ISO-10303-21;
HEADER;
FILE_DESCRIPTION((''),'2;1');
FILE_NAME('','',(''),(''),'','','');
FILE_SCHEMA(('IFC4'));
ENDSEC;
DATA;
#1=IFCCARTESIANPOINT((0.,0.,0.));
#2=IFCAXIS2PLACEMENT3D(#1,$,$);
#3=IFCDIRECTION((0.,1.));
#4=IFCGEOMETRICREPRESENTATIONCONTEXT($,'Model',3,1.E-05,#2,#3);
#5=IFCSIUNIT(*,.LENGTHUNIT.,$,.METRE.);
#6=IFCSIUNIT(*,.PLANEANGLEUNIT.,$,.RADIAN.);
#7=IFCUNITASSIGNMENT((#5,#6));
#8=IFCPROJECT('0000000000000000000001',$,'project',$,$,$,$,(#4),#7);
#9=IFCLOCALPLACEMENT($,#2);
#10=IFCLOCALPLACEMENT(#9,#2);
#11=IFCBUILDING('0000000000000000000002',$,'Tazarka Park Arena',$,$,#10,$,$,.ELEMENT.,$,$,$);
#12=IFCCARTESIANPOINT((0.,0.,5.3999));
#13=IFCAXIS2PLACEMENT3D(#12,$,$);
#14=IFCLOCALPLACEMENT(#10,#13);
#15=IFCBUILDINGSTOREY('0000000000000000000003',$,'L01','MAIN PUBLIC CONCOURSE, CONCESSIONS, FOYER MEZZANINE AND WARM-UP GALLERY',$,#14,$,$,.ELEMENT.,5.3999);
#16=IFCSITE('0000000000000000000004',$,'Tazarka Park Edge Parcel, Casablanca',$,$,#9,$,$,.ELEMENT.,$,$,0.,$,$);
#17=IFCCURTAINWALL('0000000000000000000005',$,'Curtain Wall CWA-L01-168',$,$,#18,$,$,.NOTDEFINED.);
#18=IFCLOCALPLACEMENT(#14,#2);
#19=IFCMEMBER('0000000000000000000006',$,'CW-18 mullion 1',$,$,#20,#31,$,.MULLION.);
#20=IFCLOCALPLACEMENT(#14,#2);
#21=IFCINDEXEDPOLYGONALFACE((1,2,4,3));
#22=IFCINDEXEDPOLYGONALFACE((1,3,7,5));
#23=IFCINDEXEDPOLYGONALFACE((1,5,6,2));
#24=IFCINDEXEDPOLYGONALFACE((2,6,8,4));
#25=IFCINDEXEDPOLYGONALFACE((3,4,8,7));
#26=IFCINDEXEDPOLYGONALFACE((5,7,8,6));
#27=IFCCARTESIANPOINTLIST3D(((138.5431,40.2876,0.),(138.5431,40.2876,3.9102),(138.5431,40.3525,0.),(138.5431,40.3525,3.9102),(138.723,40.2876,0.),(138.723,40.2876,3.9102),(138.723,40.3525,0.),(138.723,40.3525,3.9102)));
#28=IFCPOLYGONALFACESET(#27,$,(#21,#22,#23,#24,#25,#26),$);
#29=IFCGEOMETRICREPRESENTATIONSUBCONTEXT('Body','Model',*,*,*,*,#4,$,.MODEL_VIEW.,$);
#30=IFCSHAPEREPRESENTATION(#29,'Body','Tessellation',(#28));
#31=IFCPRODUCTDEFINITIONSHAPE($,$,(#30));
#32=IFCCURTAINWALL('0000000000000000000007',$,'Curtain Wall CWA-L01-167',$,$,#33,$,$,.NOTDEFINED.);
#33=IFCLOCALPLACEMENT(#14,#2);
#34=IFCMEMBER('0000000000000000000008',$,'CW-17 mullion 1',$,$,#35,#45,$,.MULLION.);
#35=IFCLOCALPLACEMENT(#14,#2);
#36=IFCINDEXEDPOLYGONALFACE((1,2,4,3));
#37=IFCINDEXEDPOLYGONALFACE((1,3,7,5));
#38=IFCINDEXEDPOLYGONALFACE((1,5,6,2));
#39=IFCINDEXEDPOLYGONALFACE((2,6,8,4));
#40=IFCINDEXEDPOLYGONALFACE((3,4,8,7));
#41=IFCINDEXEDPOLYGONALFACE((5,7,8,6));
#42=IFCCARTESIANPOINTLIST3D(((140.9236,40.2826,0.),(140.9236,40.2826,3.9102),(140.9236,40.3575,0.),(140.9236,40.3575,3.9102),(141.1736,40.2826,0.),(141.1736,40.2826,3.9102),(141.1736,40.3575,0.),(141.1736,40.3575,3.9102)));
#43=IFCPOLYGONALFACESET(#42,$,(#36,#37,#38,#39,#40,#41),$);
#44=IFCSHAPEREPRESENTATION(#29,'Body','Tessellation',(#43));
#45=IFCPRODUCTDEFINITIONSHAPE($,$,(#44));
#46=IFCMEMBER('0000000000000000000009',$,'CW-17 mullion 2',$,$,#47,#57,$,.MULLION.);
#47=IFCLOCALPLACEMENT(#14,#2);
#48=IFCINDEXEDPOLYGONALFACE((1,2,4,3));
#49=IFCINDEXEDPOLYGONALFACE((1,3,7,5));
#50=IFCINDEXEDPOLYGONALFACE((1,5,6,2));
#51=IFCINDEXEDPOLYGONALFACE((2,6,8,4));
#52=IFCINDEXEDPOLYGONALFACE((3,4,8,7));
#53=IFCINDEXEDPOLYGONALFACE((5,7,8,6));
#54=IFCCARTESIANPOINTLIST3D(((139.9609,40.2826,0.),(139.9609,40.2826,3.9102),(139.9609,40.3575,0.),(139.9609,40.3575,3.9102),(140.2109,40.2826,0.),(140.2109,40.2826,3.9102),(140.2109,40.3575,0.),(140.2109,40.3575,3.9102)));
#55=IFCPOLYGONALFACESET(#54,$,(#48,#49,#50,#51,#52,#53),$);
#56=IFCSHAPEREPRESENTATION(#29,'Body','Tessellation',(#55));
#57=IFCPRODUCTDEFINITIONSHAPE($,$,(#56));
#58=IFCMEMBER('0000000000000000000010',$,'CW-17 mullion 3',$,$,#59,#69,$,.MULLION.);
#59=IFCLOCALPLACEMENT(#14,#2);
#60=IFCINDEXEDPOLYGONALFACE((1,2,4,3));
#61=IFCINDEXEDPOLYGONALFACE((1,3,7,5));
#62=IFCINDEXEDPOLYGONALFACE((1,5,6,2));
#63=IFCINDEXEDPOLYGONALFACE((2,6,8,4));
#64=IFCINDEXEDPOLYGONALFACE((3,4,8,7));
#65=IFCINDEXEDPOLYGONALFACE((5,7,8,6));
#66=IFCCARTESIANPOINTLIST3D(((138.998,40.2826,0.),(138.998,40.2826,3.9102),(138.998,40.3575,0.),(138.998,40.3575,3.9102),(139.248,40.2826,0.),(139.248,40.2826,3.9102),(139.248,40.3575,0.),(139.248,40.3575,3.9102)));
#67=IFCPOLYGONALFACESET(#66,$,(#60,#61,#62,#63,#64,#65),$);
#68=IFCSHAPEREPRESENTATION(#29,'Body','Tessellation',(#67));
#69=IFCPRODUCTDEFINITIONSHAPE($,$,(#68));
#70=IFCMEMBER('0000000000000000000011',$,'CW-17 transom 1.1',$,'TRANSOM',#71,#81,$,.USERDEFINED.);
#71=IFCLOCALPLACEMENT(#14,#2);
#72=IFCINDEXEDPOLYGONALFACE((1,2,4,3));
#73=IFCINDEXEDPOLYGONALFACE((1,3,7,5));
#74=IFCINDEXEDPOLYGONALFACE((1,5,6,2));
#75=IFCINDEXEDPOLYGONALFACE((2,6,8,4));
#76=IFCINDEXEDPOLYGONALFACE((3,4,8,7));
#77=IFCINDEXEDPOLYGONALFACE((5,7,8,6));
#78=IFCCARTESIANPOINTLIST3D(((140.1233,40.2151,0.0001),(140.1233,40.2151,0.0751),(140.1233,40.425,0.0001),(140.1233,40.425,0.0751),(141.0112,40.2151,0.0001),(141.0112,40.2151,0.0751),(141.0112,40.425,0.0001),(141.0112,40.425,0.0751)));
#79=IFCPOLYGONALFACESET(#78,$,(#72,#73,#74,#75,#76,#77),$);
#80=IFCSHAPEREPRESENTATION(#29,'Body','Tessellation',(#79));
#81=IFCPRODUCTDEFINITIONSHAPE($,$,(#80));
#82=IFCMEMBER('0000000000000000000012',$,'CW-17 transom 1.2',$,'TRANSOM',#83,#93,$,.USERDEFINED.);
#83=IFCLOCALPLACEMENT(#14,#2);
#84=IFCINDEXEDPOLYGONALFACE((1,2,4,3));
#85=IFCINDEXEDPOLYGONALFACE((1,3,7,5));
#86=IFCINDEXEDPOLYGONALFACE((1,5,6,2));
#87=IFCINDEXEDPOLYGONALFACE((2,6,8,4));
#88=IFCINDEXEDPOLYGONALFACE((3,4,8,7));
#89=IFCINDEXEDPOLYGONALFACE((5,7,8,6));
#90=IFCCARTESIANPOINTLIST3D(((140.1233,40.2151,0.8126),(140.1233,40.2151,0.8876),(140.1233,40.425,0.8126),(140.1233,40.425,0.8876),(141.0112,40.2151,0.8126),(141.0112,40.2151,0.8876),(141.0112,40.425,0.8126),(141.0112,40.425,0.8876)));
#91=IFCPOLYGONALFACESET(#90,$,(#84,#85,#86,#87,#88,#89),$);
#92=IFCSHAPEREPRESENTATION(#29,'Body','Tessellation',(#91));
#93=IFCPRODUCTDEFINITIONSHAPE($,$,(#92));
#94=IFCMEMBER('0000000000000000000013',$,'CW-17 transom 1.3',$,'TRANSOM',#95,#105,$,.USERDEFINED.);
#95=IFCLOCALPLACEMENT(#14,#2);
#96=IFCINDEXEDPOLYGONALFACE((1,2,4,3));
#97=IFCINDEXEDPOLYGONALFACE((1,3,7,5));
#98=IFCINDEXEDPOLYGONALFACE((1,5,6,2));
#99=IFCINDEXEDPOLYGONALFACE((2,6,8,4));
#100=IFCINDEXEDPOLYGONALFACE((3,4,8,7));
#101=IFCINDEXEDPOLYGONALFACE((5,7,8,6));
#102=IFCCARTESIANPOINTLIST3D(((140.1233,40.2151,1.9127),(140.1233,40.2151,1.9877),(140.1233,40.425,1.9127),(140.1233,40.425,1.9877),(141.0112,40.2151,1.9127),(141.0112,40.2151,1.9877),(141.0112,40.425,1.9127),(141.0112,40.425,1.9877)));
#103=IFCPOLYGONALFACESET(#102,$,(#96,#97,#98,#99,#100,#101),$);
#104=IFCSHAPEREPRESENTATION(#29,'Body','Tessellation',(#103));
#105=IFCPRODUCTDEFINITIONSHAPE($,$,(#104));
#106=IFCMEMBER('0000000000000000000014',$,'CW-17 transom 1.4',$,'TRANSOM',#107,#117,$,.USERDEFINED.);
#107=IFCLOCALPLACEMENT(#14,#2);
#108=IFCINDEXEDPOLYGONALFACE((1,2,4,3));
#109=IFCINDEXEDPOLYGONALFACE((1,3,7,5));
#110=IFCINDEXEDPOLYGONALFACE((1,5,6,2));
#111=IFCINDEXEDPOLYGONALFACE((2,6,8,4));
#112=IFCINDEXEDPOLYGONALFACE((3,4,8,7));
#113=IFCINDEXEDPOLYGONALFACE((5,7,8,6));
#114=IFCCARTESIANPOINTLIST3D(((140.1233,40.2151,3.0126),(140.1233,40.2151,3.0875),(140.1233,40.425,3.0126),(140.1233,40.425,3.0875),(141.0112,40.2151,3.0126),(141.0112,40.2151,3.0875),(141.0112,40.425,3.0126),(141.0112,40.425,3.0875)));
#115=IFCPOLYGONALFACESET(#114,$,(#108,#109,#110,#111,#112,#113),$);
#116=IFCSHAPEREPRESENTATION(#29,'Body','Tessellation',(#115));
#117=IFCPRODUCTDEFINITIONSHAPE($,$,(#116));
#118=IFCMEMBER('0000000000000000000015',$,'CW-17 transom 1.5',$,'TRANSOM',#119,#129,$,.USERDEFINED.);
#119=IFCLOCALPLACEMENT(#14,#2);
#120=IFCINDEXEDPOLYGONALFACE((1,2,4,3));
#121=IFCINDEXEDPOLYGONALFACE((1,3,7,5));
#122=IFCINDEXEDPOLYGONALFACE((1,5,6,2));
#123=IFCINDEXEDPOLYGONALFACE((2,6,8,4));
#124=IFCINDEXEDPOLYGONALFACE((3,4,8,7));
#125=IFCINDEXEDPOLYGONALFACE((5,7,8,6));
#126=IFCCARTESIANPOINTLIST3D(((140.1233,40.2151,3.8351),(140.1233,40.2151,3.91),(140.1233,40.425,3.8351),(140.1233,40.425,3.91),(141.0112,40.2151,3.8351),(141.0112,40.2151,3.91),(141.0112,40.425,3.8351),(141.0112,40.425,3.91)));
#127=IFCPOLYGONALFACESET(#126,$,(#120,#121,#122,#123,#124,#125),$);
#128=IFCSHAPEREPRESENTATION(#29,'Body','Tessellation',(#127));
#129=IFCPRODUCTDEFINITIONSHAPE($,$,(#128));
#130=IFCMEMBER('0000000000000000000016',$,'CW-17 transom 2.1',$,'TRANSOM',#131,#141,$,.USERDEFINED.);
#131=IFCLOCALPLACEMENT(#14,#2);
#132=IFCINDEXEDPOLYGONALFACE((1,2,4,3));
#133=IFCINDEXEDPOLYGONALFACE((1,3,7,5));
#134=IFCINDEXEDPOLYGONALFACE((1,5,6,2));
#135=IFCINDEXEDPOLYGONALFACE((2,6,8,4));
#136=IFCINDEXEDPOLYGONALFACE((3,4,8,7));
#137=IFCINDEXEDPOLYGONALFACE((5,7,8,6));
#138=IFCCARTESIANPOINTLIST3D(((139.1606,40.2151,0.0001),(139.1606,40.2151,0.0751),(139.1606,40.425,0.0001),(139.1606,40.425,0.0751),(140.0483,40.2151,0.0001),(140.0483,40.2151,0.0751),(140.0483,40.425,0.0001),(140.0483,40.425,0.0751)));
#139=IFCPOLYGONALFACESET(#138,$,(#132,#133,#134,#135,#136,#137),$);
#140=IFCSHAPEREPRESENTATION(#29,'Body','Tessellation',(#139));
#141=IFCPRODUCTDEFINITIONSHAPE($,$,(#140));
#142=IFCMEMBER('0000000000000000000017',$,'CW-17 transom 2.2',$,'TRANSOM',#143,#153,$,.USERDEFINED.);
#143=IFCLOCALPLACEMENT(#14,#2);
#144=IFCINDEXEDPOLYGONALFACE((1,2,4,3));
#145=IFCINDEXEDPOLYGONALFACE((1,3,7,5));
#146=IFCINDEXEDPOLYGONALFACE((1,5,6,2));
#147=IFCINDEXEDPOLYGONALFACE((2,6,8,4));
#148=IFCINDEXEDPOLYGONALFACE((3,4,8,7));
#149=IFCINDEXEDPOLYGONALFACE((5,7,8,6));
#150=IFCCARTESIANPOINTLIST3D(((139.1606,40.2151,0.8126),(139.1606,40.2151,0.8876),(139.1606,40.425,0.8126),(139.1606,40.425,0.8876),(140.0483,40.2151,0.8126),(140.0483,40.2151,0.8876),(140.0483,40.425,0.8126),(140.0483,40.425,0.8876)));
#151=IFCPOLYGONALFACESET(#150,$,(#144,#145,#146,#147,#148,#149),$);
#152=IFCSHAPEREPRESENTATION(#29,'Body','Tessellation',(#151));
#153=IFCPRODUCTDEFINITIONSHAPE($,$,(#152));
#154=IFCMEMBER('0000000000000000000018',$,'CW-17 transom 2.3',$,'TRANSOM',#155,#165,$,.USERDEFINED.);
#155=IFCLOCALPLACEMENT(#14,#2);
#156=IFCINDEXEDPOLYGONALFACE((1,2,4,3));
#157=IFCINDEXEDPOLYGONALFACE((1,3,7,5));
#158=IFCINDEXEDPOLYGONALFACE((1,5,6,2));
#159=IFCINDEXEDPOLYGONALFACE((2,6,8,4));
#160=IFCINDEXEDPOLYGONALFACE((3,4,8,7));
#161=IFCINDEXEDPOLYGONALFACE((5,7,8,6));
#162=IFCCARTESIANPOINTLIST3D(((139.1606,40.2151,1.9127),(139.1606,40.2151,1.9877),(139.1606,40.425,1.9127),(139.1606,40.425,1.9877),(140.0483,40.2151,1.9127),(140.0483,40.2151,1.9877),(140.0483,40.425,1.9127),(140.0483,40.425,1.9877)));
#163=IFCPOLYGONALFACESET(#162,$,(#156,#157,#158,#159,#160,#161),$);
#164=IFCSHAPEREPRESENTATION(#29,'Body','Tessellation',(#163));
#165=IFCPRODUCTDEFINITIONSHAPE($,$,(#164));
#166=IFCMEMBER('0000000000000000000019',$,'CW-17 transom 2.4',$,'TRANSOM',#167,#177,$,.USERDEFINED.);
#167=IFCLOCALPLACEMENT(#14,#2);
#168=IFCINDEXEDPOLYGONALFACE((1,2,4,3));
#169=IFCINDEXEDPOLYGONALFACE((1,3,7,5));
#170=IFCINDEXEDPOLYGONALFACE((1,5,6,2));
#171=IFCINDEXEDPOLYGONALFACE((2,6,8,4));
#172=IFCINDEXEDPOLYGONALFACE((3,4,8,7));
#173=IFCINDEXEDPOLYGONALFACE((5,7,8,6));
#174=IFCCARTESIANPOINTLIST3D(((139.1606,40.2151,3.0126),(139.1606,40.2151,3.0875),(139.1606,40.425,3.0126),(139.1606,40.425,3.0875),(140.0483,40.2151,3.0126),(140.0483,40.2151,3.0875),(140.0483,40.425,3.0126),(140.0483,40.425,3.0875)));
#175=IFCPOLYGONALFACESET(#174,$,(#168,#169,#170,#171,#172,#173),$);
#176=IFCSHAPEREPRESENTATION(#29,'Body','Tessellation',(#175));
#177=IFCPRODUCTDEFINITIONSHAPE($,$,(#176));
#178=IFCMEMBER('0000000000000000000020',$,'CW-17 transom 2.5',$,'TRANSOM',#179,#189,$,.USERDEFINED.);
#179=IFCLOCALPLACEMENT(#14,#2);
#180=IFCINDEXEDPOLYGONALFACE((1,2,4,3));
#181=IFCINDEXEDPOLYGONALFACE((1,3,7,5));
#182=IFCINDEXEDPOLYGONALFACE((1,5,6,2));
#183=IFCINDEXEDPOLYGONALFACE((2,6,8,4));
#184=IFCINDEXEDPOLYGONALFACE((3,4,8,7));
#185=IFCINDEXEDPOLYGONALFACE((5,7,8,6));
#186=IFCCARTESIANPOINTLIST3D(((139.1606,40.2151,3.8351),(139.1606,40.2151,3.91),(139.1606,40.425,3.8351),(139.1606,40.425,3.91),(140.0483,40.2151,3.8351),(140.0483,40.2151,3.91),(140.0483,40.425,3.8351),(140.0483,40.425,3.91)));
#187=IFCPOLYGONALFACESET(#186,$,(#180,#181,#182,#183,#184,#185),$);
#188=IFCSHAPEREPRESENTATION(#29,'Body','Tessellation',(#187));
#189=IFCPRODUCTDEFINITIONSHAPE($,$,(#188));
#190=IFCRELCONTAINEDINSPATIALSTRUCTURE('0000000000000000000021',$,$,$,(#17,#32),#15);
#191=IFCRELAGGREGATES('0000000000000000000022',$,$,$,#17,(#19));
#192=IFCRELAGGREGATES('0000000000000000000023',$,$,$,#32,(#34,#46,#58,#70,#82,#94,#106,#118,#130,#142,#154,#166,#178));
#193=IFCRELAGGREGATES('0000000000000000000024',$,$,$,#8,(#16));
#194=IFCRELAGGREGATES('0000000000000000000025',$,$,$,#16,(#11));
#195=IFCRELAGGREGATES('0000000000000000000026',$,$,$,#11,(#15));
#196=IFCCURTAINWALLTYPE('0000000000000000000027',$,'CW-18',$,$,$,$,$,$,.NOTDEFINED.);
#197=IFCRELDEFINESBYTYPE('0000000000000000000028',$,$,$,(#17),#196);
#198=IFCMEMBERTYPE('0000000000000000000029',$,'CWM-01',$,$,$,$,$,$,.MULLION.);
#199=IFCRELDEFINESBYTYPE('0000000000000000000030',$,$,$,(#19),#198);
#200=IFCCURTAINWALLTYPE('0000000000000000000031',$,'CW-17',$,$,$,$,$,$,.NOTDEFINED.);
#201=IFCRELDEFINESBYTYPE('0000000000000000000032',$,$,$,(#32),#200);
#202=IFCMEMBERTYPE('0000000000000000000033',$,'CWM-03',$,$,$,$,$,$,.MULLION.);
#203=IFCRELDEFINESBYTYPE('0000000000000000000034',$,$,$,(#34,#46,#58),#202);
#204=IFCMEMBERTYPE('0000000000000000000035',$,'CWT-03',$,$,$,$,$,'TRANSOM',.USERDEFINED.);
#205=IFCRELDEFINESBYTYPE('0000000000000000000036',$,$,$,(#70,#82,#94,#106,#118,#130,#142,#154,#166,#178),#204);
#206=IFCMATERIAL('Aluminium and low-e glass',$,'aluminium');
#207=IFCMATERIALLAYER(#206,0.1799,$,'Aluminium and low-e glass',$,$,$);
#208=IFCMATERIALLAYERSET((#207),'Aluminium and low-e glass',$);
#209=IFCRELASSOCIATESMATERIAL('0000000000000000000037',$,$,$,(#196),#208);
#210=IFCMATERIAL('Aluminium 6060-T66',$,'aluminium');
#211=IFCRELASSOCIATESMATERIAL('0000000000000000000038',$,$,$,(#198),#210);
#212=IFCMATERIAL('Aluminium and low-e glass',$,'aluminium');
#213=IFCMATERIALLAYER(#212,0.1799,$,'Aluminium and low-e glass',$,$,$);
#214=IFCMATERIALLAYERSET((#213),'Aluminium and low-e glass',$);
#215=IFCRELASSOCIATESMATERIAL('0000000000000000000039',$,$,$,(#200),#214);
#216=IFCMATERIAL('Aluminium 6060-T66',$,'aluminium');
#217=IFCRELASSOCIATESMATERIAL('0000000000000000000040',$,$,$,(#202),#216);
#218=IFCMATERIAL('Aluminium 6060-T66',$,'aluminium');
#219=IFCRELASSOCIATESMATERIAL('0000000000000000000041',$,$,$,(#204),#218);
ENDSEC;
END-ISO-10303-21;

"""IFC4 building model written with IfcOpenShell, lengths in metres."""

from ifc_helpers import new_model, si_unit, direction, frame, origin, origin_2d, place, context, subcontext, project, spatial, rectangle, extrude, material, layer, layer_set, material_profile, profile_set, type_object, element, aggregate, save


model = new_model("IFC4")

# Units and contexts
model_context = context("Model", 3, precision=1e-05, world=origin(), true_north=direction((0.0, 1.0)))
body_context = subcontext(model_context, "Body", "Model", "MODEL_VIEW")
ifc_project = project(units=[si_unit("LENGTHUNIT", "METRE"), si_unit("PLANEANGLEUNIT", "RADIAN")], contexts=[model_context])

# Site, building, storey
site_placement = place(None, origin())
site = spatial("IfcSite", under=ifc_project, at=site_placement, Name="Tazarka Park Edge Parcel, Casablanca", CompositionType="ELEMENT", RefElevation=0.0)
building_placement = place(site_placement, origin())
building = spatial("IfcBuilding", under=site, at=building_placement, Name="Tazarka Park Arena", CompositionType="ELEMENT")
storey_placement = place(building_placement, frame((0.0, 0.0, 5.3999)))
storey = spatial("IfcBuildingStorey", under=building, at=storey_placement, Name="L01", Description="MAIN PUBLIC CONCOURSE, CONCESSIONS, FOYER MEZZANINE AND WARM-UP GALLERY", CompositionType="ELEMENT", Elevation=5.3999)

# Curtain wall, member
ifc_material_1 = material(Name="Aluminium and low-e glass", Category="aluminium")
ifc_layer_1 = layer(ifc_material_1, 0.1799, Name="Aluminium and low-e glass")
ifc_layer_set_1 = layer_set([ifc_layer_1], Name="Aluminium and low-e glass")
curtain_wall_type_1 = type_object("IfcCurtainWallType", Name="CW-18", PredefinedType="NOTDEFINED", material=ifc_layer_set_1)
curtain_wall_1_placement = place(storey_placement, origin())
curtain_wall_1 = element("IfcCurtainWall", 1, at=curtain_wall_1_placement, inside=storey, type_object=curtain_wall_type_1, Name="Curtain Wall CWA-L01-168", PredefinedType="NOTDEFINED")
ifc_material_2 = material(Name="Aluminium 6060-T66", Category="aluminium")
ifc_material_profile_1 = material_profile(ifc_material_2, rectangle(XDim=0.0649, YDim=0.1799, at=origin_2d()), Name="Aluminium 6060-T66")
ifc_profile_set_1 = profile_set([ifc_material_profile_1], Name="Aluminium 6060-T66")
member_type_1 = type_object("IfcMemberType", Name="CWM-01", PredefinedType="MULLION", material=ifc_profile_set_1)
member_1_placement = place(storey_placement, frame((138.6331, 40.3201, 0.0), z_axis=(0.0, 0.0, 1.0), x_axis=(0.0, -1.0, 0.0)))
member_1 = element("IfcMember", 2, at=member_1_placement, type_object=member_type_1, Name="CW-18 mullion 1", PredefinedType="MULLION", context=body_context, shape_type="SweptSolid", body=[
    extrude(rectangle(XDim=0.0649, YDim=0.1799, at=origin_2d()), origin(), (0.0, 0.0, 1.0), 3.9102),
])
aggregate(curtain_wall_1, [member_1])

# Curtain wall, members
ifc_material_3 = material(Name="Aluminium and low-e glass", Category="aluminium")
ifc_layer_2 = layer(ifc_material_3, 0.1799, Name="Aluminium and low-e glass")
ifc_layer_set_2 = layer_set([ifc_layer_2], Name="Aluminium and low-e glass")
curtain_wall_type_2 = type_object("IfcCurtainWallType", Name="CW-17", PredefinedType="NOTDEFINED", material=ifc_layer_set_2)
curtain_wall_2_placement = place(storey_placement, origin())
curtain_wall_2 = element("IfcCurtainWall", 3, at=curtain_wall_2_placement, inside=storey, type_object=curtain_wall_type_2, Name="Curtain Wall CWA-L01-167", PredefinedType="NOTDEFINED")
ifc_material_4 = material(Name="Aluminium 6060-T66", Category="aluminium")
ifc_material_profile_2 = material_profile(ifc_material_4, rectangle(XDim=0.075, YDim=0.25, at=origin_2d()), Name="Aluminium 6060-T66")
ifc_profile_set_2 = profile_set([ifc_material_profile_2], Name="Aluminium 6060-T66")
member_type_2 = type_object("IfcMemberType", Name="CWM-03", PredefinedType="MULLION", material=ifc_profile_set_2)
member_2_placement = place(storey_placement, frame((141.0486, 40.3201, 0.0), z_axis=(0.0, 0.0, 1.0), x_axis=(0.0, -1.0, 0.0)))
member_2 = element("IfcMember", 4, at=member_2_placement, type_object=member_type_2, Name="CW-17 mullion 1", PredefinedType="MULLION", context=body_context, shape_type="SweptSolid", body=[
    extrude(rectangle(XDim=0.075, YDim=0.25, at=origin_2d()), origin(), (0.0, 0.0, 1.0), 3.9102),
])
member_3_placement = place(storey_placement, frame((140.0859, 40.3201, 0.0), z_axis=(0.0, 0.0, 1.0), x_axis=(0.0, -1.0, 0.0)))
member_3 = element("IfcMember", 5, at=member_3_placement, type_object=member_type_2, Name="CW-17 mullion 2", PredefinedType="MULLION", context=body_context, shape_type="SweptSolid", body=[
    extrude(rectangle(XDim=0.075, YDim=0.25, at=origin_2d()), origin(), (0.0, 0.0, 1.0), 3.9102),
])
member_4_placement = place(storey_placement, frame((139.123, 40.3201, 0.0), z_axis=(0.0, 0.0, 1.0), x_axis=(0.0, -1.0, 0.0)))
member_4 = element("IfcMember", 6, at=member_4_placement, type_object=member_type_2, Name="CW-17 mullion 3", PredefinedType="MULLION", context=body_context, shape_type="SweptSolid", body=[
    extrude(rectangle(XDim=0.075, YDim=0.25, at=origin_2d()), origin(), (0.0, 0.0, 1.0), 3.9102),
])
ifc_material_5 = material(Name="Aluminium 6060-T66", Category="aluminium")
ifc_material_profile_3 = material_profile(ifc_material_5, rectangle(XDim=0.21, YDim=0.075, at=origin_2d()), Name="Aluminium 6060-T66")
ifc_profile_set_3 = profile_set([ifc_material_profile_3], Name="Aluminium 6060-T66")
member_type_3 = type_object("IfcMemberType", Name="CWT-03", ElementType="TRANSOM", PredefinedType="USERDEFINED", material=ifc_profile_set_3)
member_5_placement = place(storey_placement, frame((141.0112, 40.3201, 0.0376), z_axis=(-1.0, 0.0, 0.0), x_axis=(0.0, -1.0, 0.0)))
member_5 = element("IfcMember", 7, at=member_5_placement, type_object=member_type_3, Name="CW-17 transom 1.1", ObjectType="TRANSOM", PredefinedType="USERDEFINED", context=body_context, shape_type="SweptSolid", body=[
    extrude(rectangle(XDim=0.21, YDim=0.075, at=origin_2d()), origin(), (0.0, 0.0, 1.0), 0.8879),
])
member_6_placement = place(storey_placement, frame((141.0112, 40.3201, 0.8501), z_axis=(-1.0, 0.0, 0.0), x_axis=(0.0, -1.0, 0.0)))
member_6 = element("IfcMember", 8, at=member_6_placement, type_object=member_type_3, Name="CW-17 transom 1.2", ObjectType="TRANSOM", PredefinedType="USERDEFINED", context=body_context, shape_type="SweptSolid", body=[
    extrude(rectangle(XDim=0.21, YDim=0.075, at=origin_2d()), origin(), (0.0, 0.0, 1.0), 0.8879),
])
member_7_placement = place(storey_placement, frame((141.0112, 40.3201, 1.9502), z_axis=(-1.0, 0.0, 0.0), x_axis=(0.0, -1.0, 0.0)))
member_7 = element("IfcMember", 9, at=member_7_placement, type_object=member_type_3, Name="CW-17 transom 1.3", ObjectType="TRANSOM", PredefinedType="USERDEFINED", context=body_context, shape_type="SweptSolid", body=[
    extrude(rectangle(XDim=0.21, YDim=0.075, at=origin_2d()), origin(), (0.0, 0.0, 1.0), 0.8879),
])
member_8_placement = place(storey_placement, frame((141.0112, 40.3201, 3.05), z_axis=(-1.0, 0.0, 0.0), x_axis=(0.0, -1.0, 0.0)))
member_8 = element("IfcMember", 10, at=member_8_placement, type_object=member_type_3, Name="CW-17 transom 1.4", ObjectType="TRANSOM", PredefinedType="USERDEFINED", context=body_context, shape_type="SweptSolid", body=[
    extrude(rectangle(XDim=0.21, YDim=0.075, at=origin_2d()), origin(), (0.0, 0.0, 1.0), 0.8879),
])
member_9_placement = place(storey_placement, frame((141.0112, 40.3201, 3.8726), z_axis=(-1.0, 0.0, 0.0), x_axis=(0.0, -1.0, 0.0)))
member_9 = element("IfcMember", 11, at=member_9_placement, type_object=member_type_3, Name="CW-17 transom 1.5", ObjectType="TRANSOM", PredefinedType="USERDEFINED", context=body_context, shape_type="SweptSolid", body=[
    extrude(rectangle(XDim=0.21, YDim=0.075, at=origin_2d()), origin(), (0.0, 0.0, 1.0), 0.8879),
])
member_10_placement = place(storey_placement, frame((140.0483, 40.3201, 0.0376), z_axis=(-1.0, 0.0, 0.0), x_axis=(0.0, -1.0, 0.0)))
member_10 = element("IfcMember", 12, at=member_10_placement, type_object=member_type_3, Name="CW-17 transom 2.1", ObjectType="TRANSOM", PredefinedType="USERDEFINED", context=body_context, shape_type="SweptSolid", body=[
    extrude(rectangle(XDim=0.21, YDim=0.075, at=origin_2d()), origin(), (0.0, 0.0, 1.0), 0.8877),
])
member_11_placement = place(storey_placement, frame((140.0483, 40.3201, 0.8501), z_axis=(-1.0, 0.0, 0.0), x_axis=(0.0, -1.0, 0.0)))
member_11 = element("IfcMember", 13, at=member_11_placement, type_object=member_type_3, Name="CW-17 transom 2.2", ObjectType="TRANSOM", PredefinedType="USERDEFINED", context=body_context, shape_type="SweptSolid", body=[
    extrude(rectangle(XDim=0.21, YDim=0.075, at=origin_2d()), origin(), (0.0, 0.0, 1.0), 0.8877),
])
member_12_placement = place(storey_placement, frame((140.0483, 40.3201, 1.9502), z_axis=(-1.0, 0.0, 0.0), x_axis=(0.0, -1.0, 0.0)))
member_12 = element("IfcMember", 14, at=member_12_placement, type_object=member_type_3, Name="CW-17 transom 2.3", ObjectType="TRANSOM", PredefinedType="USERDEFINED", context=body_context, shape_type="SweptSolid", body=[
    extrude(rectangle(XDim=0.21, YDim=0.075, at=origin_2d()), origin(), (0.0, 0.0, 1.0), 0.8877),
])
member_13_placement = place(storey_placement, frame((140.0483, 40.3201, 3.05), z_axis=(-1.0, 0.0, 0.0), x_axis=(0.0, -1.0, 0.0)))
member_13 = element("IfcMember", 15, at=member_13_placement, type_object=member_type_3, Name="CW-17 transom 2.4", ObjectType="TRANSOM", PredefinedType="USERDEFINED", context=body_context, shape_type="SweptSolid", body=[
    extrude(rectangle(XDim=0.21, YDim=0.075, at=origin_2d()), origin(), (0.0, 0.0, 1.0), 0.8877),
])
member_14_placement = place(storey_placement, frame((140.0483, 40.3201, 3.8726), z_axis=(-1.0, 0.0, 0.0), x_axis=(0.0, -1.0, 0.0)))
member_14 = element("IfcMember", 16, at=member_14_placement, type_object=member_type_3, Name="CW-17 transom 2.5", ObjectType="TRANSOM", PredefinedType="USERDEFINED", context=body_context, shape_type="SweptSolid", body=[
    extrude(rectangle(XDim=0.21, YDim=0.075, at=origin_2d()), origin(), (0.0, 0.0, 1.0), 0.8877),
])
aggregate(curtain_wall_2, [member_2, member_3, member_4, member_5, member_6, member_7, member_8, member_9, member_10, member_11, member_12, member_13, member_14])

save(model, "model.ifc")
